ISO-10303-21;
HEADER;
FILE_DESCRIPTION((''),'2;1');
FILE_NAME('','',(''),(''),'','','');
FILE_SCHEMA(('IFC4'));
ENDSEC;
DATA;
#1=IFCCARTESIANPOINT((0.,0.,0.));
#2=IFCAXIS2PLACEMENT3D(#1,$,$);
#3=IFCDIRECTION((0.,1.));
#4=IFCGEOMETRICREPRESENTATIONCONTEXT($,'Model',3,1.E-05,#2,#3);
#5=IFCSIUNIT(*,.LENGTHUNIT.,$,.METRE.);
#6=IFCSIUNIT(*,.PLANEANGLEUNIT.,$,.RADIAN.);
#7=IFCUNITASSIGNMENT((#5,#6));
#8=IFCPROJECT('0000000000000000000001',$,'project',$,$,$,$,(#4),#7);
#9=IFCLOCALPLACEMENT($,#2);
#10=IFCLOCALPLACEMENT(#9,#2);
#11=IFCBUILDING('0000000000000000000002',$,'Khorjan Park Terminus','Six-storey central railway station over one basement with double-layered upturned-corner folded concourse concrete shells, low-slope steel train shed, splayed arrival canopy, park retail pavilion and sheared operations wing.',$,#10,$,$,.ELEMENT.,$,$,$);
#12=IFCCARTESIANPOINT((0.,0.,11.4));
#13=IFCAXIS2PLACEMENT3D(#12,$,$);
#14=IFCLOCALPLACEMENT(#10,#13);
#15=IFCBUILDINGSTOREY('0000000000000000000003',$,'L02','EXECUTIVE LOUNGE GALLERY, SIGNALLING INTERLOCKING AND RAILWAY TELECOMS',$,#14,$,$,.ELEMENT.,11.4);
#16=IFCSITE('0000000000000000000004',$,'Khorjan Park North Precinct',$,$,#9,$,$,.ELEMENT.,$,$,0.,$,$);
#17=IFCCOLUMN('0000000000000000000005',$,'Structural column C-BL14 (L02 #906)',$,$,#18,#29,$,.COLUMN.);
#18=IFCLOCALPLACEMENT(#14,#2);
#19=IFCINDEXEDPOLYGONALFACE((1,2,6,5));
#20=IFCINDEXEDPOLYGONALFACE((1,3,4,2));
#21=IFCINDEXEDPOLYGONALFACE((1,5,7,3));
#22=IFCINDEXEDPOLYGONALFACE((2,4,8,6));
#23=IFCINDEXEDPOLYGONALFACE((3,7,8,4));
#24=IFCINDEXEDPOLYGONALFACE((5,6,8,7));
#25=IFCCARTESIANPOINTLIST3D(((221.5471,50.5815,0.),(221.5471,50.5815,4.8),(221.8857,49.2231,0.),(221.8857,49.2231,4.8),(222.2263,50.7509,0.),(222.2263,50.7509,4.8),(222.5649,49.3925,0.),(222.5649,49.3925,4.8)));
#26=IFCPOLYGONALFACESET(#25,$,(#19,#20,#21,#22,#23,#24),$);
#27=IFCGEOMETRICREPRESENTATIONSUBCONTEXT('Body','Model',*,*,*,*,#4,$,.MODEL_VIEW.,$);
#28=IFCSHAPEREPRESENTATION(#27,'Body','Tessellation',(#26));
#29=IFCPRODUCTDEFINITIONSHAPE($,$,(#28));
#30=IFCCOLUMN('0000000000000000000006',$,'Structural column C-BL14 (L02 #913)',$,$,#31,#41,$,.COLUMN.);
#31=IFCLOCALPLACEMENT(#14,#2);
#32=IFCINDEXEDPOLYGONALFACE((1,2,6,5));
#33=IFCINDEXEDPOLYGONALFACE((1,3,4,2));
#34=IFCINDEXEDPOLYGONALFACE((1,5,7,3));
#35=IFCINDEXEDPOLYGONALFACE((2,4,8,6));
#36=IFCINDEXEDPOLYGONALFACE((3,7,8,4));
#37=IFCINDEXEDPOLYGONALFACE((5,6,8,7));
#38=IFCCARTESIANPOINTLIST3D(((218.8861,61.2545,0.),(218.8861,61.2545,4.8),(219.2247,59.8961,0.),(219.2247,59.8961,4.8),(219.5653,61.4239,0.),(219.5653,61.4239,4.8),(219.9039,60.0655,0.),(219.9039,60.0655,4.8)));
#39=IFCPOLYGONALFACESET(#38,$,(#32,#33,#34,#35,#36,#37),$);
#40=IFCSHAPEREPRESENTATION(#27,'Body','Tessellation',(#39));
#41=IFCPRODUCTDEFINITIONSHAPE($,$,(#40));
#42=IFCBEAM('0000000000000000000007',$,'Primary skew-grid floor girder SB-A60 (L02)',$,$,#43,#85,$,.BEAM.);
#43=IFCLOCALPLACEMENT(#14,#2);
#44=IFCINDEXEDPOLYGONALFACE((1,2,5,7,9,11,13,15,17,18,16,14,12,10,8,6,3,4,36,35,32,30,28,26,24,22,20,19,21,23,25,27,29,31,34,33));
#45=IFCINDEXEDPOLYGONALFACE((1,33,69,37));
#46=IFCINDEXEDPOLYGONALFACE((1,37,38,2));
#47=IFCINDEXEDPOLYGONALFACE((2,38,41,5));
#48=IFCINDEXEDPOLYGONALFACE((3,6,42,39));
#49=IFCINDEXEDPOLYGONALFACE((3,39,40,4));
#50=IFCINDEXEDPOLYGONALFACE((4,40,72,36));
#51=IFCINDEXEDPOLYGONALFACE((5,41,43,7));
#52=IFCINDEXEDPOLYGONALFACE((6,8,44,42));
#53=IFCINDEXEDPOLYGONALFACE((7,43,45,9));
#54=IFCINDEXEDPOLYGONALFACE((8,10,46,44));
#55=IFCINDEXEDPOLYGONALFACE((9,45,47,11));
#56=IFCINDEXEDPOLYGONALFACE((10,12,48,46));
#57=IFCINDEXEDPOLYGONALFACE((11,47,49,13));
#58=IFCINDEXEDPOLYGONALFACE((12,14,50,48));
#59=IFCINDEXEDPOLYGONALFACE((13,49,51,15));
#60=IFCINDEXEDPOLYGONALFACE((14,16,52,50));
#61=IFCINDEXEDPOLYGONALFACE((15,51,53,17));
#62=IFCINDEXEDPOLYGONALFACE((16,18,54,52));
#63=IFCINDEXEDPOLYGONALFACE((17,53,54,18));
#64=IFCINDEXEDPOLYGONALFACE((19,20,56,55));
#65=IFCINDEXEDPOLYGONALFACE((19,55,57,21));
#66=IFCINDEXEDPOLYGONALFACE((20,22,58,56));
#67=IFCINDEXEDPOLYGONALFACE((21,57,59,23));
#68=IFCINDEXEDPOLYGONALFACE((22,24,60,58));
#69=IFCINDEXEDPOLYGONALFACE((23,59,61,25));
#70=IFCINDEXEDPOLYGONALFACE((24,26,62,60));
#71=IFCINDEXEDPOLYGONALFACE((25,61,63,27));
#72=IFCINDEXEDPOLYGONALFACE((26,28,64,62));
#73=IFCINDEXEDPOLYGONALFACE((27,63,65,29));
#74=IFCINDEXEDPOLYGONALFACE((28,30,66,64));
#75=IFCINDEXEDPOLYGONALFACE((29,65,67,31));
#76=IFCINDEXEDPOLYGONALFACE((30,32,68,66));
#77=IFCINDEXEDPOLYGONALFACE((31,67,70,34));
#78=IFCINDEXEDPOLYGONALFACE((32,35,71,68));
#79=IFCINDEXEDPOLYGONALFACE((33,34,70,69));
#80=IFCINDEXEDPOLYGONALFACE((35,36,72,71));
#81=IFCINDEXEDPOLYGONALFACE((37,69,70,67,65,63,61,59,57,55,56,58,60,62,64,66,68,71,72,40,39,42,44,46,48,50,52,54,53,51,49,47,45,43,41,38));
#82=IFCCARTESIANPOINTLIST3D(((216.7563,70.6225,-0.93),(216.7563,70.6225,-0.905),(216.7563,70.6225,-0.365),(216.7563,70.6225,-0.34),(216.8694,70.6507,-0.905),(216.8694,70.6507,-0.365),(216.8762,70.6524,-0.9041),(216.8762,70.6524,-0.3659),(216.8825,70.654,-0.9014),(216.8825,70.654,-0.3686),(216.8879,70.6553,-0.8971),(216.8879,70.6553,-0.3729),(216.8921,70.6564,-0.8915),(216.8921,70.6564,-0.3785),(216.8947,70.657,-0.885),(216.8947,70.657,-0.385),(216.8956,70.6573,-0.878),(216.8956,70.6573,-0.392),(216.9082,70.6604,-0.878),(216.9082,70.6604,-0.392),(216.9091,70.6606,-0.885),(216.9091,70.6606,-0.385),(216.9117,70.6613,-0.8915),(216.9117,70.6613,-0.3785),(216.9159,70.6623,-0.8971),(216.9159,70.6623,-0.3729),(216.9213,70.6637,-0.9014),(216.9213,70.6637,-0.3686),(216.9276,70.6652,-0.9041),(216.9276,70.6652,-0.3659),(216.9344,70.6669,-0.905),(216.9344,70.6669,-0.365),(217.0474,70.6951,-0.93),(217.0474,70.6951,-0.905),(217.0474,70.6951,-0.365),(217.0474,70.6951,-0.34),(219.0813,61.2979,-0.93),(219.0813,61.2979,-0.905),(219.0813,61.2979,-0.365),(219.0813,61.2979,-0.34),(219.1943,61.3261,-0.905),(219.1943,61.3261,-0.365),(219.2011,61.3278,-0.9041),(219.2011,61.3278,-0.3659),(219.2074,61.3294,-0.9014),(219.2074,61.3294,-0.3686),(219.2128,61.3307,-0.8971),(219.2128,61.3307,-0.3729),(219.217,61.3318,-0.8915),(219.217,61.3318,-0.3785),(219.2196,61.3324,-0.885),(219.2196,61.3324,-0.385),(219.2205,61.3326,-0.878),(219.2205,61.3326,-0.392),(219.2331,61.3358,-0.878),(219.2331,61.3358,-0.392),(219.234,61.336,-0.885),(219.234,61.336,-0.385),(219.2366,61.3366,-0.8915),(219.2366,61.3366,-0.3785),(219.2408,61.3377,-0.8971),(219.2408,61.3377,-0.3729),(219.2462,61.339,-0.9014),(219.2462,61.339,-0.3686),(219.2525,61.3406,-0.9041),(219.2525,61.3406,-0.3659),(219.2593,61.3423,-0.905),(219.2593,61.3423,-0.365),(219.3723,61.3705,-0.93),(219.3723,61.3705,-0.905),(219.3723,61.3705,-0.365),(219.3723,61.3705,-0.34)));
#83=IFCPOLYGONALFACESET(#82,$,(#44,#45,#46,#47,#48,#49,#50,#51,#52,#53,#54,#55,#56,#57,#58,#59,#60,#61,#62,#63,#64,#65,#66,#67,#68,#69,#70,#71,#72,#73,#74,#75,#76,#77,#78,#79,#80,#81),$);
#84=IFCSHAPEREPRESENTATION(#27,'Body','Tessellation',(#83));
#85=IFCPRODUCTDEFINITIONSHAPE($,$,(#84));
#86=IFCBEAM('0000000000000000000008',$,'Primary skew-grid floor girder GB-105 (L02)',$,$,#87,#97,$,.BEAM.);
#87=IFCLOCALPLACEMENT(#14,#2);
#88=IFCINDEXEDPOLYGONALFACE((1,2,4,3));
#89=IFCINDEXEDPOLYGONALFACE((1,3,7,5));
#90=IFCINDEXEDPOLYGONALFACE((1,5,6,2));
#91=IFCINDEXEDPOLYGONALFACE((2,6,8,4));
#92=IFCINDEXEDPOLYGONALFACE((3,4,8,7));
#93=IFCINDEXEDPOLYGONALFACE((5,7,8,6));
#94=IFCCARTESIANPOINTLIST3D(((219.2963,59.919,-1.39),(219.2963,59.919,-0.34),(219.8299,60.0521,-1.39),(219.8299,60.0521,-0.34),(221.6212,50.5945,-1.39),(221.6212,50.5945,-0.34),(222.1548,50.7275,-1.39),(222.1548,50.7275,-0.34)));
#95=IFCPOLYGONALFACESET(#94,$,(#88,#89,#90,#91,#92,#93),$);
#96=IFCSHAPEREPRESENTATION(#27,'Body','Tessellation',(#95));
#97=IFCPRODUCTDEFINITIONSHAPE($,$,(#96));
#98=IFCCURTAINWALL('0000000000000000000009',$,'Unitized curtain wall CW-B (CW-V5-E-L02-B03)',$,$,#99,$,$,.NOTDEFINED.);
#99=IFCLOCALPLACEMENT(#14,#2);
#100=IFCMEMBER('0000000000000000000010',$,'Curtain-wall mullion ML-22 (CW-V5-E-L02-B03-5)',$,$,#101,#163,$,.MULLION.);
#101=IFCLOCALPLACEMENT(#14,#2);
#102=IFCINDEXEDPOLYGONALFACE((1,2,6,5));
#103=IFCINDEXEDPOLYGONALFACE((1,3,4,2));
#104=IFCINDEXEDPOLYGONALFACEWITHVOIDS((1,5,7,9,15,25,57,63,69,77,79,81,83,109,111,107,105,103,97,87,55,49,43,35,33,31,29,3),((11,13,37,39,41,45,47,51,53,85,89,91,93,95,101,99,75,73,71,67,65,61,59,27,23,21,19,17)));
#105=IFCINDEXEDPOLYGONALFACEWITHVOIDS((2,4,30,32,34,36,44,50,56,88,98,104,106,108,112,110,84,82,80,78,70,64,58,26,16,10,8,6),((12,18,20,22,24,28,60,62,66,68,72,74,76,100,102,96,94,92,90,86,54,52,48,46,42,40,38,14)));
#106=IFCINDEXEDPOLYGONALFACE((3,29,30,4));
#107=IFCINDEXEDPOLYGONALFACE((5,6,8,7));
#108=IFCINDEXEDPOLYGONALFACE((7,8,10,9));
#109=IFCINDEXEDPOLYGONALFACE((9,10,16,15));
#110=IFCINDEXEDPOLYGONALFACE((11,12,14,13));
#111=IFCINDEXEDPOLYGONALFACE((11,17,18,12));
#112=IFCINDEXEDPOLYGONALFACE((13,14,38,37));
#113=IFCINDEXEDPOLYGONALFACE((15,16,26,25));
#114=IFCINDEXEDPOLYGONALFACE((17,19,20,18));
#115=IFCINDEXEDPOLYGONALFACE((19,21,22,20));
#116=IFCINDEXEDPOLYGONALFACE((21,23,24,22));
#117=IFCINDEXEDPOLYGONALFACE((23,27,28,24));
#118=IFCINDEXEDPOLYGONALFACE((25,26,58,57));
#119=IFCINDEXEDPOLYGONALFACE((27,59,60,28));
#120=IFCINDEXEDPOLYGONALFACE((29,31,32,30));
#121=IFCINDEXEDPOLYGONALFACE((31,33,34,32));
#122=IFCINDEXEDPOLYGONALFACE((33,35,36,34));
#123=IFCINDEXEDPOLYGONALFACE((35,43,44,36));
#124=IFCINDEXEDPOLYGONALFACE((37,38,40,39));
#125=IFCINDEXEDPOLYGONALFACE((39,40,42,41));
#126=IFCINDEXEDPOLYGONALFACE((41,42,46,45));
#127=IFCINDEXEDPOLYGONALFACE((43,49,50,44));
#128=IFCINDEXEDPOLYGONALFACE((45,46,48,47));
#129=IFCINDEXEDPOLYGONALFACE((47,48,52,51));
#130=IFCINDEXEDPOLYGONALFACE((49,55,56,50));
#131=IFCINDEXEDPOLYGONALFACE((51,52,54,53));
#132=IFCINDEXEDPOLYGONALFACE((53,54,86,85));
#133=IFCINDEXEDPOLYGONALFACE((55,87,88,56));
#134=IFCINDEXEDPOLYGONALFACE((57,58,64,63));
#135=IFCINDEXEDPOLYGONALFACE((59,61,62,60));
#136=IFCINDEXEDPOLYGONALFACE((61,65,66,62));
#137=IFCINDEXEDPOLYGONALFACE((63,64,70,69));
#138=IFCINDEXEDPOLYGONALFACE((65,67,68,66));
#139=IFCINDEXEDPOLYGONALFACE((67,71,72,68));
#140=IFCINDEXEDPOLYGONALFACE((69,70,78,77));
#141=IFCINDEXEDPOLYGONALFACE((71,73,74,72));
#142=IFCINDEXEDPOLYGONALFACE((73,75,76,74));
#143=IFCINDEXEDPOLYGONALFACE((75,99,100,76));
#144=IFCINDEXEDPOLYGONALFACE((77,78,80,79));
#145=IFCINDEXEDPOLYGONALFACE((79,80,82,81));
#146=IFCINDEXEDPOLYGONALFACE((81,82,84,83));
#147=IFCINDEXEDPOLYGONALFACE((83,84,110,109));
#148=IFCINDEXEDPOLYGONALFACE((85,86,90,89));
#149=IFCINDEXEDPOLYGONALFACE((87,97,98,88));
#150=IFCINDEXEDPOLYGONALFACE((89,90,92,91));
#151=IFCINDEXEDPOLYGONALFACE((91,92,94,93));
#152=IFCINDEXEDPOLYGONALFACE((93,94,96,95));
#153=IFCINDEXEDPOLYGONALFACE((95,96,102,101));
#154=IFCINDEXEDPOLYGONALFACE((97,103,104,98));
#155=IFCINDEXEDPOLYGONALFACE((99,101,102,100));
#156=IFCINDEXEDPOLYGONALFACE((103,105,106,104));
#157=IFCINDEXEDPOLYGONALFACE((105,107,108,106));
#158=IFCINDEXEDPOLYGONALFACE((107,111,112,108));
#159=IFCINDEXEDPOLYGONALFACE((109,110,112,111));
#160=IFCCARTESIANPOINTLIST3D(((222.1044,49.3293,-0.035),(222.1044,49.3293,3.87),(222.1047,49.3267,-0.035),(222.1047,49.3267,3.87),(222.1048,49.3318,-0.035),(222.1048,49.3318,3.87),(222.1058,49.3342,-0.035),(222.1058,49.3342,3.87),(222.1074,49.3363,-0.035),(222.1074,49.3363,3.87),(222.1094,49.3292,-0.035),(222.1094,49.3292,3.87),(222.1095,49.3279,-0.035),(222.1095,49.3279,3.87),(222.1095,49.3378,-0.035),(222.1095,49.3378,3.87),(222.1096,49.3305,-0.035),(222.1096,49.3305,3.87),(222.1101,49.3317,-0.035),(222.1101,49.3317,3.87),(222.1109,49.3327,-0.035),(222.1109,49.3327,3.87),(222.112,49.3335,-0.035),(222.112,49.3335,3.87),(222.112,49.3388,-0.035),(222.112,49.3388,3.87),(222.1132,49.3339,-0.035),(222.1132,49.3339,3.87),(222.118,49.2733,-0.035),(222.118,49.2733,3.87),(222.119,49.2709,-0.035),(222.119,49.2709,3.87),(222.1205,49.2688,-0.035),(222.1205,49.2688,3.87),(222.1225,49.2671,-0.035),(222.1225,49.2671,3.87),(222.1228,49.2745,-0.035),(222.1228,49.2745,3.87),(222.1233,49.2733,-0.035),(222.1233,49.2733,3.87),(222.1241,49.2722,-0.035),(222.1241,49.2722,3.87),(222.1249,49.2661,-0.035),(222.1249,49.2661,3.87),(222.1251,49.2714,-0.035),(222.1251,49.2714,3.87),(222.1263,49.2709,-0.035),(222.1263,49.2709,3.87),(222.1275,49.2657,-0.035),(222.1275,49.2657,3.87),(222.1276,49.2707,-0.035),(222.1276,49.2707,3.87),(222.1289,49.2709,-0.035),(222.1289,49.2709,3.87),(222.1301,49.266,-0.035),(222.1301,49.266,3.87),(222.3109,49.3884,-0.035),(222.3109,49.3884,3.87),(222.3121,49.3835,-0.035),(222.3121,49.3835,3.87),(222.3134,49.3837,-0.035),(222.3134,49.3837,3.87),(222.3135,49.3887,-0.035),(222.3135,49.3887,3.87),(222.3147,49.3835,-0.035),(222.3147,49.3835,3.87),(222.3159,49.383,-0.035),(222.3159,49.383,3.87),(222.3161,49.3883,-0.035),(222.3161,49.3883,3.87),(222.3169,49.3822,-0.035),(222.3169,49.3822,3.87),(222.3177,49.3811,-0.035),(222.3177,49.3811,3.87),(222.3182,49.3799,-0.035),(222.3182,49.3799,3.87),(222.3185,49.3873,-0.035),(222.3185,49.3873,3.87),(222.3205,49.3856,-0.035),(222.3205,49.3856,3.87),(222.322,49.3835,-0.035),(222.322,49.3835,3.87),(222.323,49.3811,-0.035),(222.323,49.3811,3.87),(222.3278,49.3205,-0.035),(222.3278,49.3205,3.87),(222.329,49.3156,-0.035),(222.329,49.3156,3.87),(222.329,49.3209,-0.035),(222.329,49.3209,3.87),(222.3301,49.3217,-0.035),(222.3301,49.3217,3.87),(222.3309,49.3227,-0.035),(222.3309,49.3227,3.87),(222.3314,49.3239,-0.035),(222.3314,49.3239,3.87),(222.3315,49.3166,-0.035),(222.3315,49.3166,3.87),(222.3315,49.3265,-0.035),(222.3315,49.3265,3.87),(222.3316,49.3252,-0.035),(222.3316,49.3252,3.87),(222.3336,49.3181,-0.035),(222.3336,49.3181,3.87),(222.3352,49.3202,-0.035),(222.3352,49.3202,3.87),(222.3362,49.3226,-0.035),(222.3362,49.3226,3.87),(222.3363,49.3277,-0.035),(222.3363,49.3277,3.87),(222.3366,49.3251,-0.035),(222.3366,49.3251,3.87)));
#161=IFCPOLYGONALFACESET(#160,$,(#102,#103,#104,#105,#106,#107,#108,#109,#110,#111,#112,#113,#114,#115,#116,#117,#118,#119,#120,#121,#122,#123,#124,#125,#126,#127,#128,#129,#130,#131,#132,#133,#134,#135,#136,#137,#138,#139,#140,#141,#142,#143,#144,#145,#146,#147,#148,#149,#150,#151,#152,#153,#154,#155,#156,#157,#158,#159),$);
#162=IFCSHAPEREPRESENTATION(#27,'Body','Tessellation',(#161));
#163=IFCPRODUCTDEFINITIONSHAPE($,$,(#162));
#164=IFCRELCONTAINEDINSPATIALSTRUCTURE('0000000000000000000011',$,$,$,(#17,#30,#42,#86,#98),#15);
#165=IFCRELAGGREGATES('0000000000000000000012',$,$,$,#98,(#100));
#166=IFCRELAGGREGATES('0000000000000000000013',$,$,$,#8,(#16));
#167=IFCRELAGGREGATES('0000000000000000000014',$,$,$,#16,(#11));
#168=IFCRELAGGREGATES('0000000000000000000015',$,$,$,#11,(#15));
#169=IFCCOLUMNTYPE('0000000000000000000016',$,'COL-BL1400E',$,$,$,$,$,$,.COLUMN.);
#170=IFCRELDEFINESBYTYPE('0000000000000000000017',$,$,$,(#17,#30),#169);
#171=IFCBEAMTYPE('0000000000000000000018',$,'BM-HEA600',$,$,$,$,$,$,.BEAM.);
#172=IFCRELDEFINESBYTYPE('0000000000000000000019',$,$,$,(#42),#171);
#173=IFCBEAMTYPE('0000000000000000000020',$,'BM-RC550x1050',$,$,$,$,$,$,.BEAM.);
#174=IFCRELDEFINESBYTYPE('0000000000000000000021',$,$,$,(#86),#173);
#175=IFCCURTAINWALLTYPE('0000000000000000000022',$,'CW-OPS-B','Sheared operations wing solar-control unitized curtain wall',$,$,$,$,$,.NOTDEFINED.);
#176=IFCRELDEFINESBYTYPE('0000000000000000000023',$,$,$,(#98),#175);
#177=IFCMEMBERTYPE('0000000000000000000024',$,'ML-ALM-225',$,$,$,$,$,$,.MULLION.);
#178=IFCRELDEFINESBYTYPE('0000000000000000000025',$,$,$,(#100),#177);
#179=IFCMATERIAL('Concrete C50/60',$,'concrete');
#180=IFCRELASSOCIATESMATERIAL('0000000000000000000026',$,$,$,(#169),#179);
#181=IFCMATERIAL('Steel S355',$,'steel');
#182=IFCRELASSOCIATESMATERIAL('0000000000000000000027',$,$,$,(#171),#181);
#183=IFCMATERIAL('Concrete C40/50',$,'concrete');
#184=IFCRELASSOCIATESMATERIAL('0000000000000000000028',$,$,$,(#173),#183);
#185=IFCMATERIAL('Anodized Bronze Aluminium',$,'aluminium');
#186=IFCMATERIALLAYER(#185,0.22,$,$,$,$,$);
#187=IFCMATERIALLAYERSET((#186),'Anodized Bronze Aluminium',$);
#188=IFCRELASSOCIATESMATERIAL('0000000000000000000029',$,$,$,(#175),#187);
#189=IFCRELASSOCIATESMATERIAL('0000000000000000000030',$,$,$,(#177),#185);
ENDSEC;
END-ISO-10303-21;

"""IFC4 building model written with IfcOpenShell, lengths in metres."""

from ifc_helpers import new_model, si_unit, direction, frame, origin, origin_2d, place, context, subcontext, project, spatial, rectangle, hollow_rectangle, i_section, extrude, material, layer, layer_set, material_profile, profile_set, type_object, element, aggregate, save


model = new_model("IFC4")

# Units and contexts
model_context = context("Model", 3, precision=1e-05, world=origin(), true_north=direction((0.0, 1.0)))
body_context = subcontext(model_context, "Body", "Model", "MODEL_VIEW")
ifc_project = project(units=[si_unit("LENGTHUNIT", "METRE"), si_unit("PLANEANGLEUNIT", "RADIAN")], contexts=[model_context])

# Site, building, storey
site_placement = place(None, origin())
site = spatial("IfcSite", under=ifc_project, at=site_placement, Name="Khorjan Park North Precinct", CompositionType="ELEMENT", RefElevation=0.0)
building_placement = place(site_placement, origin())
building = spatial("IfcBuilding", under=site, at=building_placement, Name="Khorjan Park Terminus", Description="Six-storey central railway station over one basement with double-layered upturned-corner folded concourse concrete shells, low-slope steel train shed, splayed arrival canopy, park retail pavilion and sheared operations wing.", CompositionType="ELEMENT")
storey_placement = place(building_placement, frame((0.0, 0.0, 11.4)))
storey = spatial("IfcBuildingStorey", under=building, at=storey_placement, Name="L02", Description="EXECUTIVE LOUNGE GALLERY, SIGNALLING INTERLOCKING AND RAILWAY TELECOMS", CompositionType="ELEMENT", Elevation=11.4)

# Columns
ifc_material_1 = material(Name="Concrete C50/60", Category="concrete")
ifc_material_profile_1 = material_profile(ifc_material_1, rectangle(XDim=0.7, YDim=1.4, at=origin_2d()), Name="RC 700x1400")
ifc_profile_set_1 = profile_set([ifc_material_profile_1], Name="Concrete C50/60")
column_type = type_object("IfcColumnType", Name="COL-BL1400E", PredefinedType="COLUMN", material=ifc_profile_set_1)
for number, where, z_axis, x_axis, name in (
    (1, (222.056, 49.987, 0.0), (0.0, 0.0, 1.0), (0.970296, 0.241922, 0.0), "Structural column C-BL14 (L02 #906)"),
    (2, (219.395, 60.66, 0.0), (0.0, 0.0, 1.0), (0.970296, 0.241922, 0.0), "Structural column C-BL14 (L02 #913)"),
):
    element("IfcColumn", number, at=place(storey_placement, frame(where, z_axis=z_axis, x_axis=x_axis)), inside=storey, type_object=column_type, Name=name, PredefinedType="COLUMN", context=body_context, shape_type="SweptSolid", body=[
        extrude(rectangle(XDim=0.7, YDim=1.4, at=origin_2d()), origin(), (0.0, 0.0, 1.0), 4.8),
    ])

# Beams
ifc_material_2 = material(Name="Steel S355", Category="steel")
ifc_material_profile_2 = material_profile(ifc_material_2, i_section(OverallWidth=0.3, OverallDepth=0.59, WebThickness=0.013, FlangeThickness=0.025, FilletRadius=0.027, at=origin_2d()), Name="HEA 600")
ifc_profile_set_2 = profile_set([ifc_material_profile_2], Name="Steel S355")
beam_type_1 = type_object("IfcBeamType", Name="BM-HEA600", PredefinedType="BEAM", material=ifc_profile_set_2)
beam_1_placement = place(storey_placement, frame((219.2268, 61.3342, -0.635), z_axis=(-0.241923, 0.970295, 0.0), x_axis=(-0.970295, -0.241923, 0.0)))
element("IfcBeam", 3, at=beam_1_placement, inside=storey, type_object=beam_type_1, Name="Primary skew-grid floor girder SB-A60 (L02)", PredefinedType="BEAM", context=body_context, shape_type="SweptSolid", body=[
    extrude(i_section(OverallWidth=0.3, OverallDepth=0.59, WebThickness=0.013, FlangeThickness=0.025, FilletRadius=0.027, at=origin_2d()), origin(), (0.0, 0.0, 1.0), 9.6101),
])
ifc_material_3 = material(Name="Concrete C40/50", Category="concrete")
ifc_material_profile_3 = material_profile(ifc_material_3, rectangle(XDim=0.55, YDim=1.05, at=origin_2d()), Name="RC 550x1050")
ifc_profile_set_3 = profile_set([ifc_material_profile_3], Name="Concrete C40/50")
beam_type_2 = type_object("IfcBeamType", Name="BM-RC550x1050", PredefinedType="BEAM", material=ifc_profile_set_3)
beam_2_placement = place(storey_placement, frame((221.888, 50.661, -0.865), z_axis=(-0.241926, 0.970295, 0.0), x_axis=(-0.970295, -0.241926, 0.0)))
element("IfcBeam", 4, at=beam_2_placement, inside=storey, type_object=beam_type_2, Name="Primary skew-grid floor girder GB-105 (L02)", PredefinedType="BEAM", context=body_context, shape_type="SweptSolid", body=[
    extrude(rectangle(XDim=0.55, YDim=1.05, at=origin_2d()), origin(), (0.0, 0.0, 1.0), 9.61),
])

# Curtain wall, member
ifc_material_4 = material(Name="Anodized Bronze Aluminium", Category="aluminium")
ifc_layer_1 = layer(ifc_material_4, 0.22)
ifc_layer_set_1 = layer_set([ifc_layer_1], Name="Anodized Bronze Aluminium")
curtain_wall_type = type_object("IfcCurtainWallType", Name="CW-OPS-B", Description="Sheared operations wing solar-control unitized curtain wall", PredefinedType="NOTDEFINED", material=ifc_layer_set_1)
curtain_wall_1_placement = place(storey_placement, origin())
curtain_wall_1 = element("IfcCurtainWall", 5, at=curtain_wall_1_placement, inside=storey, type_object=curtain_wall_type, Name="Unitized curtain wall CW-B (CW-V5-E-L02-B03)", PredefinedType="NOTDEFINED")
ifc_material_profile_4 = material_profile(ifc_material_4, hollow_rectangle(XDim=0.075, YDim=0.225, WallThickness=0.005, InnerFilletRadius=0.005, OuterFilletRadius=0.01, at=origin_2d()), Name="ALM 75x225x5")
ifc_profile_set_4 = profile_set([ifc_material_profile_4], Name="Anodized Bronze Aluminium")
member_type_1 = type_object("IfcMemberType", Name="ML-ALM-225", PredefinedType="MULLION", material=ifc_profile_set_4)
member_1_placement = place(storey_placement, frame((222.2205, 49.3272, -0.035), z_axis=(0.0, 0.0, 1.0), x_axis=(-0.241923, 0.970295, 0.0)))
member_1 = element("IfcMember", 6, at=member_1_placement, type_object=member_type_1, Name="Curtain-wall mullion ML-22 (CW-V5-E-L02-B03-5)", PredefinedType="MULLION", context=body_context, shape_type="SweptSolid", body=[
    extrude(hollow_rectangle(XDim=0.075, YDim=0.225, WallThickness=0.005, InnerFilletRadius=0.005, OuterFilletRadius=0.01, at=origin_2d()), origin(), (0.0, 0.0, 1.0), 3.905),
])

aggregate(curtain_wall_1, [member_1])

save(model, "model.ifc")
